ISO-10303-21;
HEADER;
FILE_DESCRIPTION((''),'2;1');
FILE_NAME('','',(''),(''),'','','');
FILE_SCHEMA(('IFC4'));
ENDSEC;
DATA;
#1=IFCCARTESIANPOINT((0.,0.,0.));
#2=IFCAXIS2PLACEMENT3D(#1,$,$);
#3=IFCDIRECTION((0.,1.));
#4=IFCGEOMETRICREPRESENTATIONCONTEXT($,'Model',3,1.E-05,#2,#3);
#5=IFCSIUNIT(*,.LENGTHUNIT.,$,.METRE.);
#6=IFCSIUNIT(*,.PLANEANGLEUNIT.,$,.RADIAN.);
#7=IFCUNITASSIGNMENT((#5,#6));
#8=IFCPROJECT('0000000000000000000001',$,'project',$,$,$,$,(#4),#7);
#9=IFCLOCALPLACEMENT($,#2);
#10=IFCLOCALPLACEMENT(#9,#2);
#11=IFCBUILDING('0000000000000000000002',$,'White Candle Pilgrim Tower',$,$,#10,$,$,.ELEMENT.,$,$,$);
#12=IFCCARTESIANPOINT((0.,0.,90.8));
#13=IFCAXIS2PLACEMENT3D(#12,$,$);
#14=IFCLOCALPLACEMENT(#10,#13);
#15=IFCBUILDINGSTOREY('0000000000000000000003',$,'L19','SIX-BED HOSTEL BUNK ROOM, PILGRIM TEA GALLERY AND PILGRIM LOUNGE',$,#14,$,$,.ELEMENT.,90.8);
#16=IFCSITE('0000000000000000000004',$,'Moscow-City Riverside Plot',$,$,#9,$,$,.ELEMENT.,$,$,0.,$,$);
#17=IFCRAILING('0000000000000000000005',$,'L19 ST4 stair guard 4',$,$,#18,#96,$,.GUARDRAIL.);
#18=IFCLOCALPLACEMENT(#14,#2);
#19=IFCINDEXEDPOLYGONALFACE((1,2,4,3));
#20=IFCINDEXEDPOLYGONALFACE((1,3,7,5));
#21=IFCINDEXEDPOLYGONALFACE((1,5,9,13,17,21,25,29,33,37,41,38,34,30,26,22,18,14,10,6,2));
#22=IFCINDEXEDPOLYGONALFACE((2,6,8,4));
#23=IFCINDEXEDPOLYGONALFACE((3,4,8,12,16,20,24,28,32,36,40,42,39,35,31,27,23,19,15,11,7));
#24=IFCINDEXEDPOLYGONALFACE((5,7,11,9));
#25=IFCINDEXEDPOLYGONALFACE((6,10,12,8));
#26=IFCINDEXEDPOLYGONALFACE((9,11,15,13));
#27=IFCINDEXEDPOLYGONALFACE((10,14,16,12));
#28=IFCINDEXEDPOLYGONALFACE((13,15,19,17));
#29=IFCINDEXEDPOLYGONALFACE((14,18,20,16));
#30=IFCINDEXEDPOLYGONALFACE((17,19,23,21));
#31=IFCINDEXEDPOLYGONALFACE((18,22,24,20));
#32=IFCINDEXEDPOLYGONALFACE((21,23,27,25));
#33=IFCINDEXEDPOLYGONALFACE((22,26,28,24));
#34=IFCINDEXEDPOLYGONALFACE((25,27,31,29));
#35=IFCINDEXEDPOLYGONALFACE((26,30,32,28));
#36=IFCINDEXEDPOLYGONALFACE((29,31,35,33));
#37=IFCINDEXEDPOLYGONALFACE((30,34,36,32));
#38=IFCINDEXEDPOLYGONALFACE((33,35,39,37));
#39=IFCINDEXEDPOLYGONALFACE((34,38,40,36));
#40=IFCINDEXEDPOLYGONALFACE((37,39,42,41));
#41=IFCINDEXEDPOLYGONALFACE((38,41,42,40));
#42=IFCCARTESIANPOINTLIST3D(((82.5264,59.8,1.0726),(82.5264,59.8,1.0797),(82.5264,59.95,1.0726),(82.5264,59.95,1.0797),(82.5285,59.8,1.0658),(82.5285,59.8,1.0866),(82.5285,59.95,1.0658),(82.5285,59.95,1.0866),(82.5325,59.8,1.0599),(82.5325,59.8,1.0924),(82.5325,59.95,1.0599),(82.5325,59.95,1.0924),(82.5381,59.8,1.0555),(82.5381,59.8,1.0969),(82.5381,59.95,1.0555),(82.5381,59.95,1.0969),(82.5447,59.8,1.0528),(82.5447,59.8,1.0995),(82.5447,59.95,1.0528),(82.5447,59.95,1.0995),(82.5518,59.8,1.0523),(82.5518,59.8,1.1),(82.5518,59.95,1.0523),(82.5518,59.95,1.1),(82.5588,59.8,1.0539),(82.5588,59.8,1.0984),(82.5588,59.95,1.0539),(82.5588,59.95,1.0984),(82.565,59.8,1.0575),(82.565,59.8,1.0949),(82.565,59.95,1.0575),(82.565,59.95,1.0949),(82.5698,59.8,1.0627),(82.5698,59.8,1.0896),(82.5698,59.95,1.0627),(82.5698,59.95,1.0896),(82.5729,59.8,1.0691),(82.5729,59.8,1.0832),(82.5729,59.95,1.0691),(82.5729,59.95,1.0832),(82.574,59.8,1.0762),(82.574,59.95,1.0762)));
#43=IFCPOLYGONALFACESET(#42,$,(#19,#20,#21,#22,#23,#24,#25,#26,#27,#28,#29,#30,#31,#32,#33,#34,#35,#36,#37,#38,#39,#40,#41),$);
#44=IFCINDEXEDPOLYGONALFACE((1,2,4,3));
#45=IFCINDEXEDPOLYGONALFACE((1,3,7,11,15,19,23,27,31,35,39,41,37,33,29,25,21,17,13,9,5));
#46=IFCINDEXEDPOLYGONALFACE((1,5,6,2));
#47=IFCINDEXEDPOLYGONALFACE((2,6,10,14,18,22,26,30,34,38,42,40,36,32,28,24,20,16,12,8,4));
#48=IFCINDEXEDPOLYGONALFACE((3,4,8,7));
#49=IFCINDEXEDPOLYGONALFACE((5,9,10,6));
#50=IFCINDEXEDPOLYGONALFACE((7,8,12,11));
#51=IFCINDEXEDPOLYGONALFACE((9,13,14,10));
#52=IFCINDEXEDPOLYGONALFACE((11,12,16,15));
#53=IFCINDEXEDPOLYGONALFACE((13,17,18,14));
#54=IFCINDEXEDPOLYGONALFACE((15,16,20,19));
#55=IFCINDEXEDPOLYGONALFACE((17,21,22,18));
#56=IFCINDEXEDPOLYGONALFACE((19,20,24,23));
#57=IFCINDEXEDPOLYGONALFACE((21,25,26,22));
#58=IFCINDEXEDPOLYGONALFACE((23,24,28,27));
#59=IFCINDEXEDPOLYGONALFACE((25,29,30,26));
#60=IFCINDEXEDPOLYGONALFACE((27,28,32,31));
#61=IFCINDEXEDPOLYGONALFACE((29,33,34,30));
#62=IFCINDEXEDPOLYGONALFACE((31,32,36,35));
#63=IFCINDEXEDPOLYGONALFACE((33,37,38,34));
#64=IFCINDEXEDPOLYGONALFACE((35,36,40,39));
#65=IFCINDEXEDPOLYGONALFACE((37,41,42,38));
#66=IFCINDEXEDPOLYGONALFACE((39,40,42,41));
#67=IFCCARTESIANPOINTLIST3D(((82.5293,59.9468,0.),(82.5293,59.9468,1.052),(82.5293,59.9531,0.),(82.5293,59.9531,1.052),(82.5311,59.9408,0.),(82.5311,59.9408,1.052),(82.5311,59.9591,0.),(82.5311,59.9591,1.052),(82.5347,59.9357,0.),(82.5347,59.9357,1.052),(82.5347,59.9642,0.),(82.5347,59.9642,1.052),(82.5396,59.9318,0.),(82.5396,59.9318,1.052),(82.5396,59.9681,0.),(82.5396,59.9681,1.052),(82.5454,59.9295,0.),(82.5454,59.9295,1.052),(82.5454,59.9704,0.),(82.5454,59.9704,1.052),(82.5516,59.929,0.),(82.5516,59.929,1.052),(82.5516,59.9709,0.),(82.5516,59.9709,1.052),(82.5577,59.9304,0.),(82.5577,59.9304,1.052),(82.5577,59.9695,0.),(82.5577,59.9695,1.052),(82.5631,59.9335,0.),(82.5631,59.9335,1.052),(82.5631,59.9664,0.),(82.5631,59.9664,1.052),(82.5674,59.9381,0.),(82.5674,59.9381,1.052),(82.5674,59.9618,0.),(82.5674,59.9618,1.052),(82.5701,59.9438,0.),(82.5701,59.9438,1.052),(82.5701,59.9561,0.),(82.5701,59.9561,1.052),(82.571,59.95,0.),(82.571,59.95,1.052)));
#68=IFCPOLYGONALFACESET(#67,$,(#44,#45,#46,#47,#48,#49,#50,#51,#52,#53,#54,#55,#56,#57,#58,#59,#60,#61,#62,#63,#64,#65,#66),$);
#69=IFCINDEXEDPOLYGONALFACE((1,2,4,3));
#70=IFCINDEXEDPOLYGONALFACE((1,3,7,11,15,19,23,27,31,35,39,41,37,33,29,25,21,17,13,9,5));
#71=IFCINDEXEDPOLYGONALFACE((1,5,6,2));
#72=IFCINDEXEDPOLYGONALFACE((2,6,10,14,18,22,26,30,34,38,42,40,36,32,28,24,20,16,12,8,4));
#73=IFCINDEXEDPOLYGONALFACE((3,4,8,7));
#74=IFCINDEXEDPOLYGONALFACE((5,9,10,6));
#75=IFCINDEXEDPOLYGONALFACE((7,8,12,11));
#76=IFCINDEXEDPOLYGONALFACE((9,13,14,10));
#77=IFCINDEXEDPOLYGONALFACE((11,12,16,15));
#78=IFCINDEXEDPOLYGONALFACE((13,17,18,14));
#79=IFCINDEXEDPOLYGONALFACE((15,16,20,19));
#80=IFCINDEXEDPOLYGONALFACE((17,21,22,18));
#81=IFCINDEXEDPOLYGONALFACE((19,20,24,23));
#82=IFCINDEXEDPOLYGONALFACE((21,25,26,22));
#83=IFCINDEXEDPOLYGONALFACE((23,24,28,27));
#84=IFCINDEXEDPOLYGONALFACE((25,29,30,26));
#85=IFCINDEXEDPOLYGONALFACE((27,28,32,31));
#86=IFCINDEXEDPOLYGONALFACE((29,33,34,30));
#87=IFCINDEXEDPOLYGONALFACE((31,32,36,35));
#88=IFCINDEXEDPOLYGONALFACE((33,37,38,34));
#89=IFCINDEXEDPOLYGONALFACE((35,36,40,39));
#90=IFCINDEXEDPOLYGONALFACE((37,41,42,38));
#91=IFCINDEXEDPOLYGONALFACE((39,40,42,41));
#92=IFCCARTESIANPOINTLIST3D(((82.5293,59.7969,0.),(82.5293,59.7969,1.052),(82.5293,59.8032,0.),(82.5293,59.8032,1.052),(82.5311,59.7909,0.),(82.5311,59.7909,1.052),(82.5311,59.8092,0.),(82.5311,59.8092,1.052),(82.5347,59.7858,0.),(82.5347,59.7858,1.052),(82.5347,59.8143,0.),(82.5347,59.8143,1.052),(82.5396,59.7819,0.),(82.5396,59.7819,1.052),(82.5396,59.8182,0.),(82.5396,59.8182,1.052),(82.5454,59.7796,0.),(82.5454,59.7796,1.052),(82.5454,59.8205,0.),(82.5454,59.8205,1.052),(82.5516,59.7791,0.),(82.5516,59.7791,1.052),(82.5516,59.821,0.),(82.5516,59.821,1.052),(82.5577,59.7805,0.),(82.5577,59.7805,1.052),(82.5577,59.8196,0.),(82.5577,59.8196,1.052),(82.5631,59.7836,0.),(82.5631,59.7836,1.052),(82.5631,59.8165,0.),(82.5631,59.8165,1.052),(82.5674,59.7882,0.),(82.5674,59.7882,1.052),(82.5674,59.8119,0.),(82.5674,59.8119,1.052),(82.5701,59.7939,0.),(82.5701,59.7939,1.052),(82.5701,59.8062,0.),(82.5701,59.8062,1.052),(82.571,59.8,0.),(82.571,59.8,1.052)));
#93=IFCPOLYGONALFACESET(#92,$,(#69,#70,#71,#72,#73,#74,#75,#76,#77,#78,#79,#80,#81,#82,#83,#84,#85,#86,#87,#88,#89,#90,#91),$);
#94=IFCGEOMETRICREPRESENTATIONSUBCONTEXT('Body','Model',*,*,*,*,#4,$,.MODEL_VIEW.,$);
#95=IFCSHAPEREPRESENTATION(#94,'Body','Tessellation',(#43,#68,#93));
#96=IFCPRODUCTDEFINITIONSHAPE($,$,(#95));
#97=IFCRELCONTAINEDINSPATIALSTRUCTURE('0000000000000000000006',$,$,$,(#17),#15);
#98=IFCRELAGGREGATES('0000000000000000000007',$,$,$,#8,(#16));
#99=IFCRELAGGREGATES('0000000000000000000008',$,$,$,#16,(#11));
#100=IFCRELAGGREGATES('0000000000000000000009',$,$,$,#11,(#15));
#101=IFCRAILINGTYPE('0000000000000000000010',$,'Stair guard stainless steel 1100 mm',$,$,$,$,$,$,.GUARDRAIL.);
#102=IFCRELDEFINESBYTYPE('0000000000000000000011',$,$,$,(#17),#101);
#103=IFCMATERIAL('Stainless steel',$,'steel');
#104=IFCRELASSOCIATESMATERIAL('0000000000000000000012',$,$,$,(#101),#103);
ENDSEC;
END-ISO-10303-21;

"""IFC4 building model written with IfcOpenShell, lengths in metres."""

from ifc_helpers import new_model, si_unit, direction, frame, origin, origin_2d, place, context, subcontext, project, spatial, circle, extrude, material, type_object, element, save


model = new_model("IFC4")

# Units and contexts
model_context = context("Model", 3, precision=1e-05, world=origin(), true_north=direction((0.0, 1.0)))
body_context = subcontext(model_context, "Body", "Model", "MODEL_VIEW")
ifc_project = project(units=[si_unit("LENGTHUNIT", "METRE"), si_unit("PLANEANGLEUNIT", "RADIAN")], contexts=[model_context])

# Site, building, storey
site_placement = place(None, origin())
site = spatial("IfcSite", under=ifc_project, at=site_placement, Name="Moscow-City Riverside Plot", CompositionType="ELEMENT", RefElevation=0.0)
building_placement = place(site_placement, origin())
building = spatial("IfcBuilding", under=site, at=building_placement, Name="White Candle Pilgrim Tower", CompositionType="ELEMENT")
storey_placement = place(building_placement, frame((0.0, 0.0, 90.8)))
storey = spatial("IfcBuildingStorey", under=building, at=storey_placement, Name="L19", Description="SIX-BED HOSTEL BUNK ROOM, PILGRIM TEA GALLERY AND PILGRIM LOUNGE", CompositionType="ELEMENT", Elevation=90.8)

# Railing
ifc_material_1 = material(Name="Stainless steel", Category="steel")
railing_type_1 = type_object("IfcRailingType", Name="Stair guard stainless steel 1100 mm", PredefinedType="GUARDRAIL", material=ifc_material_1)
railing_1_placement = place(storey_placement, frame((82.55, 59.95, 0.0)))
element("IfcRailing", 1, at=railing_1_placement, inside=storey, type_object=railing_type_1, Name="L19 ST4 stair guard 4", PredefinedType="GUARDRAIL", context=body_context, shape_type="SweptSolid", body=[
    extrude(circle(Radius=0.0239, at=origin_2d()), frame((0.0, 0.0, 1.0762), z_axis=(0.0, -1.0, 0.0), x_axis=(1.0, 0.0, 0.0)), (0.0, 0.0, 1.0), 0.1499),
    extrude(circle(Radius=0.021, at=origin_2d()), origin(), (0.0, 0.0, 1.0), 1.052),
    extrude(circle(Radius=0.021, at=origin_2d()), frame((0.0, -0.1499, 0.0)), (0.0, 0.0, 1.0), 1.052),
])

save(model, "model.ifc")
